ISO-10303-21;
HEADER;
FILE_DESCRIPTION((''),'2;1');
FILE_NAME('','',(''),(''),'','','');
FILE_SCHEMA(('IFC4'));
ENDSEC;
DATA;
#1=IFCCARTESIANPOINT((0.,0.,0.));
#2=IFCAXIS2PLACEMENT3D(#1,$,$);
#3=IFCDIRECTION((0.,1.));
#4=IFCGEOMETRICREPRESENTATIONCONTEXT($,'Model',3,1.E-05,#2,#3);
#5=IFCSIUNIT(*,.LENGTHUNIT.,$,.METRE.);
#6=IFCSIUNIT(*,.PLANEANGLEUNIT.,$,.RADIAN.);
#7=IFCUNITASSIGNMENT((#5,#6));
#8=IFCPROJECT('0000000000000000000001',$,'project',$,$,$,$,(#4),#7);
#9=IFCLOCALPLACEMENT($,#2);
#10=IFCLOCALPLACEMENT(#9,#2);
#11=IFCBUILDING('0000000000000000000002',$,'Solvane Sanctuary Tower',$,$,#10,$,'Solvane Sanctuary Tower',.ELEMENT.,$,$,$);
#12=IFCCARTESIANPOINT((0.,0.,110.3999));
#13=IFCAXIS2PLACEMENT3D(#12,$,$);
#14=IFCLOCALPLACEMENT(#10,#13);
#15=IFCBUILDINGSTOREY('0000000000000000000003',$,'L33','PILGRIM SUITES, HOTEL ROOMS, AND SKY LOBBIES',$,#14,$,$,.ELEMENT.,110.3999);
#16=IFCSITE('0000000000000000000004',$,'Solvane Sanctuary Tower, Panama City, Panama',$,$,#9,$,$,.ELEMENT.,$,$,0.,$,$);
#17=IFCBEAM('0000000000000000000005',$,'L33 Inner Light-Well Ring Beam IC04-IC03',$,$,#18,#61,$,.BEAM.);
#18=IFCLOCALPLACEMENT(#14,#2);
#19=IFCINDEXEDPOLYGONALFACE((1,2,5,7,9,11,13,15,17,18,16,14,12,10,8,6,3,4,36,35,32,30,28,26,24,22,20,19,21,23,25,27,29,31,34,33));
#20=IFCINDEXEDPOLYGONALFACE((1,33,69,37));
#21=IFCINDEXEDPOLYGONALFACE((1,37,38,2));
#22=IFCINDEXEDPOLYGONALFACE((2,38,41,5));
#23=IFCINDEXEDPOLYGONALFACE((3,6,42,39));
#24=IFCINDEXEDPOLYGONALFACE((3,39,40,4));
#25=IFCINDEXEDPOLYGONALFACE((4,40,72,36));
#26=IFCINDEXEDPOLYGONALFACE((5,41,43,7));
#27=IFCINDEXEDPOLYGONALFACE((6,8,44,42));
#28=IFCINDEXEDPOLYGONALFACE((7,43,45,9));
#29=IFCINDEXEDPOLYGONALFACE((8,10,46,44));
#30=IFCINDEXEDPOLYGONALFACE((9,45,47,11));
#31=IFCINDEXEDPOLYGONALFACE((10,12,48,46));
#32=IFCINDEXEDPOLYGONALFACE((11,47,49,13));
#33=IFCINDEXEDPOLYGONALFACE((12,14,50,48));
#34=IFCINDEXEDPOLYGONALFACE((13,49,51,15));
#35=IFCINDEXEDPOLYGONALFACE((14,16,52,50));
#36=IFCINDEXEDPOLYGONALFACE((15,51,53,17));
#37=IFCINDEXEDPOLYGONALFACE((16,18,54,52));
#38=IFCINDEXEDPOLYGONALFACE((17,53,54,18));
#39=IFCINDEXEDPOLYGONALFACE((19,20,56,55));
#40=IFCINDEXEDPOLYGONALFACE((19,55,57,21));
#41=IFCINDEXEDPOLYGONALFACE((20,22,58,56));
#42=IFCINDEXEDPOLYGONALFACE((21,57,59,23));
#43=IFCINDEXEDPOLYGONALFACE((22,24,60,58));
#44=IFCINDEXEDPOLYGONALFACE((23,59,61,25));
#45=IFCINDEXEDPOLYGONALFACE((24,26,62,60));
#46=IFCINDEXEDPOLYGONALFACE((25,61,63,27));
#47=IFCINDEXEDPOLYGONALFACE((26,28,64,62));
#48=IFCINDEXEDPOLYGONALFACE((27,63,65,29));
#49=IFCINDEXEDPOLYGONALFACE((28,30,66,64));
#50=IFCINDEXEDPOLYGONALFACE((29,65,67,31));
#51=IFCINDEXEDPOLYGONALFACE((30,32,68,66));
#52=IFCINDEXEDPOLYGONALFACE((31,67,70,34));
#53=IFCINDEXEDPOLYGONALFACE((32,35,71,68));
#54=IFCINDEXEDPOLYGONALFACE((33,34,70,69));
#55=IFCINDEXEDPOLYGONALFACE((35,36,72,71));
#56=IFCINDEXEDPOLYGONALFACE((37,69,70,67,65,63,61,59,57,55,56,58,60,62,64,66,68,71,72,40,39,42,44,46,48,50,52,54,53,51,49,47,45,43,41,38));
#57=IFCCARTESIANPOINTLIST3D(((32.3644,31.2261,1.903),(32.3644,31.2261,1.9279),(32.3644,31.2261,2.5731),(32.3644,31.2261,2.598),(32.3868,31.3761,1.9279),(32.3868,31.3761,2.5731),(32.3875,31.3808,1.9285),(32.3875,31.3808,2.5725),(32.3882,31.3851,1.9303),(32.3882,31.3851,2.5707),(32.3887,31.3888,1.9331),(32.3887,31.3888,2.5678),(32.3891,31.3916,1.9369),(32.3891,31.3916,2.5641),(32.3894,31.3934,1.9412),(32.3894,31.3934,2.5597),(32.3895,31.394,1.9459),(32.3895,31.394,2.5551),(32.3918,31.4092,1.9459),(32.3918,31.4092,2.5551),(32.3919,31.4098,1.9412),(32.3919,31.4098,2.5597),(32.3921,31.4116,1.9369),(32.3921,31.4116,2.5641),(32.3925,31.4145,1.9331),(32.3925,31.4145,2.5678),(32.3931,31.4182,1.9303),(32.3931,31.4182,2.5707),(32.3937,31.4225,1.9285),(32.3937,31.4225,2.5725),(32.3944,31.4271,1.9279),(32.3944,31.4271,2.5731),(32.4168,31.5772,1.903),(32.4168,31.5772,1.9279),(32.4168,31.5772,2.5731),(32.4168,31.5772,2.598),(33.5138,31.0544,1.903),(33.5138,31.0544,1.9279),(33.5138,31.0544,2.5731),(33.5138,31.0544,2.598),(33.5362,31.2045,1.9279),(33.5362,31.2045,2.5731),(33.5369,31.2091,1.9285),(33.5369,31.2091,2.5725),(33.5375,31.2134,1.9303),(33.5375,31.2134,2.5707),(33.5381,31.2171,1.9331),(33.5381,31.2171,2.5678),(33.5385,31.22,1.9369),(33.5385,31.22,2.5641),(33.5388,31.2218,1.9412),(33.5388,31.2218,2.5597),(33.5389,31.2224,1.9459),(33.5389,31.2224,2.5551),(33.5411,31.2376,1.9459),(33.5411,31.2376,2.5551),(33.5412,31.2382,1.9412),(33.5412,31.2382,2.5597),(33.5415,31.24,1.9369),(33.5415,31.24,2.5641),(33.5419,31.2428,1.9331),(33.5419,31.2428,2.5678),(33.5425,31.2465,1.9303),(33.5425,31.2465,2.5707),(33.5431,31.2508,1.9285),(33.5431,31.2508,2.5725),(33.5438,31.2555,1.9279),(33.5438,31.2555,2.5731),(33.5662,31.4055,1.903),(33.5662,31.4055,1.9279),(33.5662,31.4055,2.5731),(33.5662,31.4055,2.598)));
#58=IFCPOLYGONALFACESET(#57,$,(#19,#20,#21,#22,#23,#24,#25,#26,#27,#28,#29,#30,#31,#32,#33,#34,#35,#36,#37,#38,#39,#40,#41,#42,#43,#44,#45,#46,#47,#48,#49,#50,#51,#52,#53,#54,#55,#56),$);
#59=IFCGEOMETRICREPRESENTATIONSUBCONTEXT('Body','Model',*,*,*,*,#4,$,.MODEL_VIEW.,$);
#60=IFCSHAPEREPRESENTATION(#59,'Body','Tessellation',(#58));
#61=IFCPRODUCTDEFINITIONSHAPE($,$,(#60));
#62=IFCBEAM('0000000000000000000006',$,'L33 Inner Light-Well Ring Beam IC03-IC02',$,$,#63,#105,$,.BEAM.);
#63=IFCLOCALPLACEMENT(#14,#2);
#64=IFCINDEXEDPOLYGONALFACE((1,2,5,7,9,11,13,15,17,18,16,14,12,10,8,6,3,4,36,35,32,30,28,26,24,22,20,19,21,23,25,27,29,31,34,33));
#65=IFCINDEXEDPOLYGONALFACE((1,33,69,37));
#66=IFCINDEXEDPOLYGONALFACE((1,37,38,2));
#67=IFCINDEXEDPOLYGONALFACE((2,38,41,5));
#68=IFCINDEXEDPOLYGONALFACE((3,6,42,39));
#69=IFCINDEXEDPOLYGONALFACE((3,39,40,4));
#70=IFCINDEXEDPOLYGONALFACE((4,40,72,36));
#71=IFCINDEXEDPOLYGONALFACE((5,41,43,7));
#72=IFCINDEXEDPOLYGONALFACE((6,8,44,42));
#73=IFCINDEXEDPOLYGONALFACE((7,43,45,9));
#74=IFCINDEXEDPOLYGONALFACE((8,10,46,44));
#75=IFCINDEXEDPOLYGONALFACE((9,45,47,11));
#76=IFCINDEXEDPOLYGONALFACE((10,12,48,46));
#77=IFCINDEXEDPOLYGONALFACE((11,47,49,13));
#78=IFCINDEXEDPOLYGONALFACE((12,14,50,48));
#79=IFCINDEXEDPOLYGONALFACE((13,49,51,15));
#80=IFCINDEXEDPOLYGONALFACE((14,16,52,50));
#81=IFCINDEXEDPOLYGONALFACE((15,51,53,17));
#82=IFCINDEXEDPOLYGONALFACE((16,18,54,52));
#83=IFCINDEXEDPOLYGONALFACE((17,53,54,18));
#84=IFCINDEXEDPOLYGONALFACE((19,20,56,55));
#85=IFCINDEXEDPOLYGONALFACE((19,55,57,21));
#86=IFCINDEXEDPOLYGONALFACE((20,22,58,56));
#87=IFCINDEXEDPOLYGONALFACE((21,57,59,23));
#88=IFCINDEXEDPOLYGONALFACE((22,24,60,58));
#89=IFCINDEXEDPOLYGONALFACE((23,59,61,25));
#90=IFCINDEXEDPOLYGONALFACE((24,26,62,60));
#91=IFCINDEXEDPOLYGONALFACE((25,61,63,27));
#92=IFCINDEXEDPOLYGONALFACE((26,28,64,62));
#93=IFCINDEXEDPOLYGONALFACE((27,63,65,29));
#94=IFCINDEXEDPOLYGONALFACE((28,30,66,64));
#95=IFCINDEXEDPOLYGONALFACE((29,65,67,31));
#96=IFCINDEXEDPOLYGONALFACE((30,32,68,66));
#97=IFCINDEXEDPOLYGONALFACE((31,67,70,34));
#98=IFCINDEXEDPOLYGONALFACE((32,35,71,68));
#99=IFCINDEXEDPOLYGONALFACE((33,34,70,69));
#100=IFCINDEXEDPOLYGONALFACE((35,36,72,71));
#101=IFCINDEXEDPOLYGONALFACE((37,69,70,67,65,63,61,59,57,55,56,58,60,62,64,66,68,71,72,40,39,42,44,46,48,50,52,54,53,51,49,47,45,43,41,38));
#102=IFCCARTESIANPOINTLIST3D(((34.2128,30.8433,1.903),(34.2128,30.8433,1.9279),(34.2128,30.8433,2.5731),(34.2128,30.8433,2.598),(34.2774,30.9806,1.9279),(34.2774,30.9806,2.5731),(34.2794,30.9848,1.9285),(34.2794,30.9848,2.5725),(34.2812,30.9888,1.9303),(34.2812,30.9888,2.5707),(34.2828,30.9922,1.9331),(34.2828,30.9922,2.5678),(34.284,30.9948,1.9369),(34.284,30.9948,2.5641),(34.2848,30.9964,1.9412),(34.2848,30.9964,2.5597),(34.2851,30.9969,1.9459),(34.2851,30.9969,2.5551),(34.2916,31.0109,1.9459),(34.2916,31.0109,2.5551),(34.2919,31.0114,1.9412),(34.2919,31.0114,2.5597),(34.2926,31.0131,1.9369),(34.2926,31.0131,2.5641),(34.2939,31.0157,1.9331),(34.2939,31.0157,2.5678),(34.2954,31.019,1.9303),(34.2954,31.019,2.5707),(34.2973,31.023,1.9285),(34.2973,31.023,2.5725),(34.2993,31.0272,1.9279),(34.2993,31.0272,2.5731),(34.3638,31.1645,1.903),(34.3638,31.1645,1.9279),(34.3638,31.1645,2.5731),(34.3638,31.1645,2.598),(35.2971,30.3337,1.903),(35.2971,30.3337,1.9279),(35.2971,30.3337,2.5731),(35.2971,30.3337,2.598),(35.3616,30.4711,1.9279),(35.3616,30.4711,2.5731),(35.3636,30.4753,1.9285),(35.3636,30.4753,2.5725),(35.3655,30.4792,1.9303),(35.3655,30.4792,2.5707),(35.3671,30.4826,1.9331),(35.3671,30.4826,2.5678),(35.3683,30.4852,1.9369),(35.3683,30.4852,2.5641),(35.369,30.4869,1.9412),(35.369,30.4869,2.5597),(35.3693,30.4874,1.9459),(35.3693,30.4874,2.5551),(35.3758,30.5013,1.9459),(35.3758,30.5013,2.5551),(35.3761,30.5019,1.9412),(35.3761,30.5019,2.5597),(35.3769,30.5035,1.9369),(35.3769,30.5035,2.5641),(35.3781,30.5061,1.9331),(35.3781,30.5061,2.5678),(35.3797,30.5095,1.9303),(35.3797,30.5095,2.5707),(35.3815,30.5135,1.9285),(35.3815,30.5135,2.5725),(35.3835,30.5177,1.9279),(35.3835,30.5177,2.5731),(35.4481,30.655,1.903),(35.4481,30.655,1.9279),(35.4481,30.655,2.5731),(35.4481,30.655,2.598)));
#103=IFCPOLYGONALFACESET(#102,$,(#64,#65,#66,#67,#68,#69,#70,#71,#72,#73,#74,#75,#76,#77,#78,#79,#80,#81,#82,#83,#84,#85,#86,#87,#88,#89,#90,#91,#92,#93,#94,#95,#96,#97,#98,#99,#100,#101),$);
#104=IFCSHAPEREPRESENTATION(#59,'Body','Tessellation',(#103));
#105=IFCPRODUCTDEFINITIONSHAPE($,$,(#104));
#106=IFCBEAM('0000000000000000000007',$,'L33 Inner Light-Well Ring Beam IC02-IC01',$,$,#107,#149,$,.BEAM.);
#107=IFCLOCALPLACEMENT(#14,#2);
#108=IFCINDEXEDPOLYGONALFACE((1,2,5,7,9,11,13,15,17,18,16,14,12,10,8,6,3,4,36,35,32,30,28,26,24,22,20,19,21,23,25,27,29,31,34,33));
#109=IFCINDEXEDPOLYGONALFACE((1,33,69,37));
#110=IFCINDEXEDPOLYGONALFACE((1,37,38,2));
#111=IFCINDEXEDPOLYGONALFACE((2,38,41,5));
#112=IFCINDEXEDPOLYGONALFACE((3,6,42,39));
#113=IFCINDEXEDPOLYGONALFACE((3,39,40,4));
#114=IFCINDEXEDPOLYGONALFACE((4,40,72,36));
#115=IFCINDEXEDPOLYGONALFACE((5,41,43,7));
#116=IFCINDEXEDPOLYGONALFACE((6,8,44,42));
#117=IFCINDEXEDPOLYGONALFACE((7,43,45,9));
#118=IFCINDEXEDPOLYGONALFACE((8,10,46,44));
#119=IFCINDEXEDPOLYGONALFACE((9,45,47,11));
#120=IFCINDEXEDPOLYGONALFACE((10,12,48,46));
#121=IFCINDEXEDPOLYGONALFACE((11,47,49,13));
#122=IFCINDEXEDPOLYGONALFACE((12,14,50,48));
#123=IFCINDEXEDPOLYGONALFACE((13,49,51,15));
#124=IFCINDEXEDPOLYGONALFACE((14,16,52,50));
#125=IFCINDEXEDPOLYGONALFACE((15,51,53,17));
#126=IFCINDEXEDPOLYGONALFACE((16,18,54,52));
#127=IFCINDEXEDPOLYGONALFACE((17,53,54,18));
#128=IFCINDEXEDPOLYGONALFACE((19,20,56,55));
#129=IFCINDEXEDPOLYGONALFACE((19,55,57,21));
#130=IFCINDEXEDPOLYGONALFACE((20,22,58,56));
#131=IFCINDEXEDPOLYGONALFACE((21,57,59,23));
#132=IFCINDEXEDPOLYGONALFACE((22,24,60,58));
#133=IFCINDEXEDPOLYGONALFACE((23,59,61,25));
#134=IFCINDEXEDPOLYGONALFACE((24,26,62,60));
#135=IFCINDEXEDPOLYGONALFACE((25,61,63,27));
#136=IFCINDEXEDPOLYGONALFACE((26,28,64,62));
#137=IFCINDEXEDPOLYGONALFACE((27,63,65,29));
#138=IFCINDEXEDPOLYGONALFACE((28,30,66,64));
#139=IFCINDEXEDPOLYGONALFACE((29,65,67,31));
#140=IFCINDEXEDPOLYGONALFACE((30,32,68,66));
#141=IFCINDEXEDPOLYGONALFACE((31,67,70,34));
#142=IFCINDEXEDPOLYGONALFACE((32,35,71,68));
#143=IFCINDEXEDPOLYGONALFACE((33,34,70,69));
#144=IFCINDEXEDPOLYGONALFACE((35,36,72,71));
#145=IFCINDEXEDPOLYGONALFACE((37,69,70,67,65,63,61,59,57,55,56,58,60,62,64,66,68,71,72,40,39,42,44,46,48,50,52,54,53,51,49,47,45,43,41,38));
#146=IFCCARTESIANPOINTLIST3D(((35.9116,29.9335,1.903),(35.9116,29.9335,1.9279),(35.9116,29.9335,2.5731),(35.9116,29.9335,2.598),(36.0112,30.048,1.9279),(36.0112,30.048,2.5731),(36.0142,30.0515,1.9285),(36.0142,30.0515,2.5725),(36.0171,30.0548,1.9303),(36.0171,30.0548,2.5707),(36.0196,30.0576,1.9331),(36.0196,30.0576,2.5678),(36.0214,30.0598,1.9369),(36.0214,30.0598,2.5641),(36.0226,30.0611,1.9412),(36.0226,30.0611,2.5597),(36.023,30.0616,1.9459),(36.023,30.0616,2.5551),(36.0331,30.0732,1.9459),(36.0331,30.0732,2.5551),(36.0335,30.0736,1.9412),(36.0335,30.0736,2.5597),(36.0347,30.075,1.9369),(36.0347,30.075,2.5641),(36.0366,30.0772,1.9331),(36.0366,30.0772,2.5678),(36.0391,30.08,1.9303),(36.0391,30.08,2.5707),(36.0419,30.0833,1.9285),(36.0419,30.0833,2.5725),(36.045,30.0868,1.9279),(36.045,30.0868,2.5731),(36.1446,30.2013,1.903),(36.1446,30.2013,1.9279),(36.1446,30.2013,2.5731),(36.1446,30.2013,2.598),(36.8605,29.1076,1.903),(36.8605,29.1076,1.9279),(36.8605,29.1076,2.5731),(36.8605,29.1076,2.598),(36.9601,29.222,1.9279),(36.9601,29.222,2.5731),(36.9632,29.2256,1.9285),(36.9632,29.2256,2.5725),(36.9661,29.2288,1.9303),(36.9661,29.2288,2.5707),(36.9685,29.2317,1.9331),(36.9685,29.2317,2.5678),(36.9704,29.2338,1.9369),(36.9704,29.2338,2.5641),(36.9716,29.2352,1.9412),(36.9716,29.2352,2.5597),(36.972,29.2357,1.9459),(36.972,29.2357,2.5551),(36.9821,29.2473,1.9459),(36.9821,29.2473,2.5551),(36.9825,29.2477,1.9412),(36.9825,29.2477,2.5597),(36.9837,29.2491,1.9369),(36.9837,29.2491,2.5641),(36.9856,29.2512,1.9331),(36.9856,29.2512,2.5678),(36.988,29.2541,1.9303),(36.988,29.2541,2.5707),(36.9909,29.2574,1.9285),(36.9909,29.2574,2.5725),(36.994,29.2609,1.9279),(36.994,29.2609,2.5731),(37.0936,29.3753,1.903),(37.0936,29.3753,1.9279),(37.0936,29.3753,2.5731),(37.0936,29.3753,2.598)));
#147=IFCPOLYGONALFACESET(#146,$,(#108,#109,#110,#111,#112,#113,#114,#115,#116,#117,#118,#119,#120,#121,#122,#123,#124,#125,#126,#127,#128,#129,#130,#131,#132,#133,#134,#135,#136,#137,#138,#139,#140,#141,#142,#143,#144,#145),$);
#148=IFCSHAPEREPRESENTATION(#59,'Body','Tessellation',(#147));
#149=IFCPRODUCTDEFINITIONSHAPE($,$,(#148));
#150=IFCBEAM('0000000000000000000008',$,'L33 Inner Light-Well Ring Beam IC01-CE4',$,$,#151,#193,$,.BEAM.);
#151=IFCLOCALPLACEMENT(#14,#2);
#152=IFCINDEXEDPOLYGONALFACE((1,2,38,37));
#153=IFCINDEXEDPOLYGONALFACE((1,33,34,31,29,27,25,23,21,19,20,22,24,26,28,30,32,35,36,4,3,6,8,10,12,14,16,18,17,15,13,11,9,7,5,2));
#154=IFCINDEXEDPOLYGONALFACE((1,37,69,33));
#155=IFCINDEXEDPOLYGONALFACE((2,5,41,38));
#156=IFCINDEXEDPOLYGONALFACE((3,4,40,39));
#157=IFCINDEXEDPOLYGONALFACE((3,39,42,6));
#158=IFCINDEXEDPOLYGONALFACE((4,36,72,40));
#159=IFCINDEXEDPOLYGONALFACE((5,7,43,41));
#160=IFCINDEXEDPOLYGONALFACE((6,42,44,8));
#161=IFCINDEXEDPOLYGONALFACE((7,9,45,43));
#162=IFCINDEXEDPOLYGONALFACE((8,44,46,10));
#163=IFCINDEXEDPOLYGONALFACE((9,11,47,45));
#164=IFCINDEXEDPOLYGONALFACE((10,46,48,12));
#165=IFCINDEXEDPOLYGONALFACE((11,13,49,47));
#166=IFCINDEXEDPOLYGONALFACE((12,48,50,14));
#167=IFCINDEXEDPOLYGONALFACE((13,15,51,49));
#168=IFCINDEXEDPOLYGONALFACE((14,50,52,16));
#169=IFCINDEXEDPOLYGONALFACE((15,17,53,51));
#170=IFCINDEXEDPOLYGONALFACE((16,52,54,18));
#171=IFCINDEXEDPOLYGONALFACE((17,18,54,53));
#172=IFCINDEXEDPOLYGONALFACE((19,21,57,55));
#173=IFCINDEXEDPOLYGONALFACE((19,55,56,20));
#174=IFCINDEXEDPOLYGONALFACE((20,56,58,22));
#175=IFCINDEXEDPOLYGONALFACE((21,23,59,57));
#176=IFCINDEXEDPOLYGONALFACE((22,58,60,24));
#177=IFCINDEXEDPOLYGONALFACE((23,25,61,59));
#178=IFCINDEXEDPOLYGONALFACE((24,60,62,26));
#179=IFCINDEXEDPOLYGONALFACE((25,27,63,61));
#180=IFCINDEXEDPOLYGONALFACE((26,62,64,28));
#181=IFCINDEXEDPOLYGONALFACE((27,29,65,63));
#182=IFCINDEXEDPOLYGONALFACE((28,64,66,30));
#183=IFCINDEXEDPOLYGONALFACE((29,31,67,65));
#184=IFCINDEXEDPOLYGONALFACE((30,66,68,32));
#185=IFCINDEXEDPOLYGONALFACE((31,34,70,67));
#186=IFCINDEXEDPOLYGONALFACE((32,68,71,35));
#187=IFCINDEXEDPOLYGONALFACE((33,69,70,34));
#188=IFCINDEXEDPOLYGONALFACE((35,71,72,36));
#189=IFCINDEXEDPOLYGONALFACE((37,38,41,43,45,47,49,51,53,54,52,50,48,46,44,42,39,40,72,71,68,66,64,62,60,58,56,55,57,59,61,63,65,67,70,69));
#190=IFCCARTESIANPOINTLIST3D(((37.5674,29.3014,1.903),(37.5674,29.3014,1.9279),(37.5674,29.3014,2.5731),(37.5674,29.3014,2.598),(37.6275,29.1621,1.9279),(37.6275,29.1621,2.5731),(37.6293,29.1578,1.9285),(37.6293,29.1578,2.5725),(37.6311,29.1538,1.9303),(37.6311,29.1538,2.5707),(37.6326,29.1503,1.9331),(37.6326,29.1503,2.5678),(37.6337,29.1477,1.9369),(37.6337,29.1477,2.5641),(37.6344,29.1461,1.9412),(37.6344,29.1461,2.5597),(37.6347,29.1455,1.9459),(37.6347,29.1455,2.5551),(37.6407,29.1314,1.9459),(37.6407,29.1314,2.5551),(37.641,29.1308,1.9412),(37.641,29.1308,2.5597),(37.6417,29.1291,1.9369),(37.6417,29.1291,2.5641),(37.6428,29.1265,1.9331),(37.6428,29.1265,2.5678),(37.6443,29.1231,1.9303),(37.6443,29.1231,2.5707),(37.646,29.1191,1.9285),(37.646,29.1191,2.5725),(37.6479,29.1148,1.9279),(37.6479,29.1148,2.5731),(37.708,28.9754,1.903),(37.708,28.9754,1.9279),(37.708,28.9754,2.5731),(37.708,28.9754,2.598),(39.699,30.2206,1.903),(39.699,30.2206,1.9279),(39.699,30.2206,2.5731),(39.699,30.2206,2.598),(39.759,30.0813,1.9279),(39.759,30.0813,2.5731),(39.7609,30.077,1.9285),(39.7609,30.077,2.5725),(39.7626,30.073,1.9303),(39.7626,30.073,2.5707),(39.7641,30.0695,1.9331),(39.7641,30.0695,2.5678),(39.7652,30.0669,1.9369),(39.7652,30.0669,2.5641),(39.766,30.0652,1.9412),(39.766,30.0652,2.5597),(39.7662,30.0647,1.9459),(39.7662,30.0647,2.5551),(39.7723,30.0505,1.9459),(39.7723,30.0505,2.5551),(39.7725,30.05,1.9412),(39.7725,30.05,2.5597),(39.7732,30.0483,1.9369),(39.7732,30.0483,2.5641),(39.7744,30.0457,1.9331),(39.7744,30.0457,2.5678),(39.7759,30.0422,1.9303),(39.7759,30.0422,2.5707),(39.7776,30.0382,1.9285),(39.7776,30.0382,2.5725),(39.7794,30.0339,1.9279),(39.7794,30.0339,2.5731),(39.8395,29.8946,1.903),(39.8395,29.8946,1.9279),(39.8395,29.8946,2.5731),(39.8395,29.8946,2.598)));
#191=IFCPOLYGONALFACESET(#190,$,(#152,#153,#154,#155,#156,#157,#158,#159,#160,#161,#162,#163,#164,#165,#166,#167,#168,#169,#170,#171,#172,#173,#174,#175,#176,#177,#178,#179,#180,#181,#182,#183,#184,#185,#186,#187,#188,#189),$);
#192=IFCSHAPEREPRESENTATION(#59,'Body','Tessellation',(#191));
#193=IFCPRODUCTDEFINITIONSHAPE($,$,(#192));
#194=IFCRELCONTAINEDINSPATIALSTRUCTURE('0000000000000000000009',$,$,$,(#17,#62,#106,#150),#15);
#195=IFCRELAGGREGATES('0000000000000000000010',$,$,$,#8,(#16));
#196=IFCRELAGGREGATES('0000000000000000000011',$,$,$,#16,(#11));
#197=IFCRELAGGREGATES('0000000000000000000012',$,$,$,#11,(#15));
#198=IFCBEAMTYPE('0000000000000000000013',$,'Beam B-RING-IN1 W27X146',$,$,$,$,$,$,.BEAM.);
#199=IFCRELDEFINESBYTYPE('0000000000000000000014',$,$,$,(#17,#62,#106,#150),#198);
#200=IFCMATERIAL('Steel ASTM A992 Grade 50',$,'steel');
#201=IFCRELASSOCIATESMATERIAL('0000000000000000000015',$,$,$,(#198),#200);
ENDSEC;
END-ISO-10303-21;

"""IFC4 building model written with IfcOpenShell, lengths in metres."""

from ifc_helpers import new_model, si_unit, direction, frame, origin, origin_2d, place, context, subcontext, project, spatial, i_section, extrude, material, material_profile, profile_set, type_object, element, save


model = new_model("IFC4")

# Units and contexts
model_context = context("Model", 3, precision=1e-05, world=origin(), true_north=direction((0.0, 1.0)))
body_context = subcontext(model_context, "Body", "Model", "MODEL_VIEW")
ifc_project = project(units=[si_unit("LENGTHUNIT", "METRE"), si_unit("PLANEANGLEUNIT", "RADIAN")], contexts=[model_context])

# Site, building, storey
site_placement = place(None, origin())
site = spatial("IfcSite", under=ifc_project, at=site_placement, Name="Solvane Sanctuary Tower, Panama City, Panama", CompositionType="ELEMENT", RefElevation=0.0)
building_placement = place(site_placement, origin())
building = spatial("IfcBuilding", under=site, at=building_placement, Name="Solvane Sanctuary Tower", LongName="Solvane Sanctuary Tower", CompositionType="ELEMENT")
storey_placement = place(building_placement, frame((0.0, 0.0, 110.3999)))
storey = spatial("IfcBuildingStorey", under=building, at=storey_placement, Name="L33", Description="PILGRIM SUITES, HOTEL ROOMS, AND SKY LOBBIES", CompositionType="ELEMENT", Elevation=110.3999)

# Beams
ifc_material_1 = material(Name="Steel ASTM A992 Grade 50", Category="steel")
ifc_material_profile_1 = material_profile(ifc_material_1, i_section(OverallWidth=0.355, OverallDepth=0.6951, WebThickness=0.0154, FlangeThickness=0.0249, FilletRadius=0.0181, at=origin_2d()), Name="W27X146")
ifc_profile_set_1 = profile_set([ifc_material_profile_1], Name="Steel ASTM A992 Grade 50")
beam_type_1 = type_object("IfcBeamType", Name="Beam B-RING-IN1 W27X146", PredefinedType="BEAM", material=ifc_profile_set_1)
beam_1_placement = place(storey_placement, frame((32.3906, 31.4016, 2.2505), z_axis=(0.989035, -0.147683, 0.0), x_axis=(0.147683, 0.989035, 0.0)))
element("IfcBeam", 1, at=beam_1_placement, inside=storey, type_object=beam_type_1, Name="L33 Inner Light-Well Ring Beam IC04-IC03", PredefinedType="BEAM", context=body_context, shape_type="SweptSolid", body=[
    extrude(i_section(OverallWidth=0.355, OverallDepth=0.6951, WebThickness=0.0154, FlangeThickness=0.0249, FilletRadius=0.0181, at=origin_2d()), origin(), (0.0, 0.0, 1.0), 1.1621),
])
beam_2_placement = place(storey_placement, frame((34.2883, 31.0039, 2.2505), z_axis=(0.905045, -0.425316, 0.0), x_axis=(0.425316, 0.905045, 0.0)))
element("IfcBeam", 2, at=beam_2_placement, inside=storey, type_object=beam_type_1, Name="L33 Inner Light-Well Ring Beam IC03-IC02", PredefinedType="BEAM", context=body_context, shape_type="SweptSolid", body=[
    extrude(i_section(OverallWidth=0.355, OverallDepth=0.6951, WebThickness=0.0154, FlangeThickness=0.0249, FilletRadius=0.0181, at=origin_2d()), origin(), (0.0, 0.0, 1.0), 1.198),
])
beam_3_placement = place(storey_placement, frame((36.0281, 30.0674, 2.2505), z_axis=(0.754317, -0.65651, 0.0), x_axis=(0.65651, 0.754317, 0.0)))
element("IfcBeam", 3, at=beam_3_placement, inside=storey, type_object=beam_type_1, Name="L33 Inner Light-Well Ring Beam IC02-IC01", PredefinedType="BEAM", context=body_context, shape_type="SweptSolid", body=[
    extrude(i_section(OverallWidth=0.355, OverallDepth=0.6951, WebThickness=0.0154, FlangeThickness=0.0249, FilletRadius=0.0181, at=origin_2d()), origin(), (0.0, 0.0, 1.0), 1.2581),
])
beam_4_placement = place(storey_placement, frame((37.6377, 29.1384, 2.2505), z_axis=(0.918261, 0.395975, 0.0), x_axis=(-0.395975, 0.918261, 0.0)))
element("IfcBeam", 4, at=beam_4_placement, inside=storey, type_object=beam_type_1, Name="L33 Inner Light-Well Ring Beam IC01-CE4", PredefinedType="BEAM", context=body_context, shape_type="SweptSolid", body=[
    extrude(i_section(OverallWidth=0.355, OverallDepth=0.6951, WebThickness=0.0154, FlangeThickness=0.0249, FilletRadius=0.0181, at=origin_2d()), origin(), (0.0, 0.0, 1.0), 2.3213),
])

save(model, "model.ifc")
